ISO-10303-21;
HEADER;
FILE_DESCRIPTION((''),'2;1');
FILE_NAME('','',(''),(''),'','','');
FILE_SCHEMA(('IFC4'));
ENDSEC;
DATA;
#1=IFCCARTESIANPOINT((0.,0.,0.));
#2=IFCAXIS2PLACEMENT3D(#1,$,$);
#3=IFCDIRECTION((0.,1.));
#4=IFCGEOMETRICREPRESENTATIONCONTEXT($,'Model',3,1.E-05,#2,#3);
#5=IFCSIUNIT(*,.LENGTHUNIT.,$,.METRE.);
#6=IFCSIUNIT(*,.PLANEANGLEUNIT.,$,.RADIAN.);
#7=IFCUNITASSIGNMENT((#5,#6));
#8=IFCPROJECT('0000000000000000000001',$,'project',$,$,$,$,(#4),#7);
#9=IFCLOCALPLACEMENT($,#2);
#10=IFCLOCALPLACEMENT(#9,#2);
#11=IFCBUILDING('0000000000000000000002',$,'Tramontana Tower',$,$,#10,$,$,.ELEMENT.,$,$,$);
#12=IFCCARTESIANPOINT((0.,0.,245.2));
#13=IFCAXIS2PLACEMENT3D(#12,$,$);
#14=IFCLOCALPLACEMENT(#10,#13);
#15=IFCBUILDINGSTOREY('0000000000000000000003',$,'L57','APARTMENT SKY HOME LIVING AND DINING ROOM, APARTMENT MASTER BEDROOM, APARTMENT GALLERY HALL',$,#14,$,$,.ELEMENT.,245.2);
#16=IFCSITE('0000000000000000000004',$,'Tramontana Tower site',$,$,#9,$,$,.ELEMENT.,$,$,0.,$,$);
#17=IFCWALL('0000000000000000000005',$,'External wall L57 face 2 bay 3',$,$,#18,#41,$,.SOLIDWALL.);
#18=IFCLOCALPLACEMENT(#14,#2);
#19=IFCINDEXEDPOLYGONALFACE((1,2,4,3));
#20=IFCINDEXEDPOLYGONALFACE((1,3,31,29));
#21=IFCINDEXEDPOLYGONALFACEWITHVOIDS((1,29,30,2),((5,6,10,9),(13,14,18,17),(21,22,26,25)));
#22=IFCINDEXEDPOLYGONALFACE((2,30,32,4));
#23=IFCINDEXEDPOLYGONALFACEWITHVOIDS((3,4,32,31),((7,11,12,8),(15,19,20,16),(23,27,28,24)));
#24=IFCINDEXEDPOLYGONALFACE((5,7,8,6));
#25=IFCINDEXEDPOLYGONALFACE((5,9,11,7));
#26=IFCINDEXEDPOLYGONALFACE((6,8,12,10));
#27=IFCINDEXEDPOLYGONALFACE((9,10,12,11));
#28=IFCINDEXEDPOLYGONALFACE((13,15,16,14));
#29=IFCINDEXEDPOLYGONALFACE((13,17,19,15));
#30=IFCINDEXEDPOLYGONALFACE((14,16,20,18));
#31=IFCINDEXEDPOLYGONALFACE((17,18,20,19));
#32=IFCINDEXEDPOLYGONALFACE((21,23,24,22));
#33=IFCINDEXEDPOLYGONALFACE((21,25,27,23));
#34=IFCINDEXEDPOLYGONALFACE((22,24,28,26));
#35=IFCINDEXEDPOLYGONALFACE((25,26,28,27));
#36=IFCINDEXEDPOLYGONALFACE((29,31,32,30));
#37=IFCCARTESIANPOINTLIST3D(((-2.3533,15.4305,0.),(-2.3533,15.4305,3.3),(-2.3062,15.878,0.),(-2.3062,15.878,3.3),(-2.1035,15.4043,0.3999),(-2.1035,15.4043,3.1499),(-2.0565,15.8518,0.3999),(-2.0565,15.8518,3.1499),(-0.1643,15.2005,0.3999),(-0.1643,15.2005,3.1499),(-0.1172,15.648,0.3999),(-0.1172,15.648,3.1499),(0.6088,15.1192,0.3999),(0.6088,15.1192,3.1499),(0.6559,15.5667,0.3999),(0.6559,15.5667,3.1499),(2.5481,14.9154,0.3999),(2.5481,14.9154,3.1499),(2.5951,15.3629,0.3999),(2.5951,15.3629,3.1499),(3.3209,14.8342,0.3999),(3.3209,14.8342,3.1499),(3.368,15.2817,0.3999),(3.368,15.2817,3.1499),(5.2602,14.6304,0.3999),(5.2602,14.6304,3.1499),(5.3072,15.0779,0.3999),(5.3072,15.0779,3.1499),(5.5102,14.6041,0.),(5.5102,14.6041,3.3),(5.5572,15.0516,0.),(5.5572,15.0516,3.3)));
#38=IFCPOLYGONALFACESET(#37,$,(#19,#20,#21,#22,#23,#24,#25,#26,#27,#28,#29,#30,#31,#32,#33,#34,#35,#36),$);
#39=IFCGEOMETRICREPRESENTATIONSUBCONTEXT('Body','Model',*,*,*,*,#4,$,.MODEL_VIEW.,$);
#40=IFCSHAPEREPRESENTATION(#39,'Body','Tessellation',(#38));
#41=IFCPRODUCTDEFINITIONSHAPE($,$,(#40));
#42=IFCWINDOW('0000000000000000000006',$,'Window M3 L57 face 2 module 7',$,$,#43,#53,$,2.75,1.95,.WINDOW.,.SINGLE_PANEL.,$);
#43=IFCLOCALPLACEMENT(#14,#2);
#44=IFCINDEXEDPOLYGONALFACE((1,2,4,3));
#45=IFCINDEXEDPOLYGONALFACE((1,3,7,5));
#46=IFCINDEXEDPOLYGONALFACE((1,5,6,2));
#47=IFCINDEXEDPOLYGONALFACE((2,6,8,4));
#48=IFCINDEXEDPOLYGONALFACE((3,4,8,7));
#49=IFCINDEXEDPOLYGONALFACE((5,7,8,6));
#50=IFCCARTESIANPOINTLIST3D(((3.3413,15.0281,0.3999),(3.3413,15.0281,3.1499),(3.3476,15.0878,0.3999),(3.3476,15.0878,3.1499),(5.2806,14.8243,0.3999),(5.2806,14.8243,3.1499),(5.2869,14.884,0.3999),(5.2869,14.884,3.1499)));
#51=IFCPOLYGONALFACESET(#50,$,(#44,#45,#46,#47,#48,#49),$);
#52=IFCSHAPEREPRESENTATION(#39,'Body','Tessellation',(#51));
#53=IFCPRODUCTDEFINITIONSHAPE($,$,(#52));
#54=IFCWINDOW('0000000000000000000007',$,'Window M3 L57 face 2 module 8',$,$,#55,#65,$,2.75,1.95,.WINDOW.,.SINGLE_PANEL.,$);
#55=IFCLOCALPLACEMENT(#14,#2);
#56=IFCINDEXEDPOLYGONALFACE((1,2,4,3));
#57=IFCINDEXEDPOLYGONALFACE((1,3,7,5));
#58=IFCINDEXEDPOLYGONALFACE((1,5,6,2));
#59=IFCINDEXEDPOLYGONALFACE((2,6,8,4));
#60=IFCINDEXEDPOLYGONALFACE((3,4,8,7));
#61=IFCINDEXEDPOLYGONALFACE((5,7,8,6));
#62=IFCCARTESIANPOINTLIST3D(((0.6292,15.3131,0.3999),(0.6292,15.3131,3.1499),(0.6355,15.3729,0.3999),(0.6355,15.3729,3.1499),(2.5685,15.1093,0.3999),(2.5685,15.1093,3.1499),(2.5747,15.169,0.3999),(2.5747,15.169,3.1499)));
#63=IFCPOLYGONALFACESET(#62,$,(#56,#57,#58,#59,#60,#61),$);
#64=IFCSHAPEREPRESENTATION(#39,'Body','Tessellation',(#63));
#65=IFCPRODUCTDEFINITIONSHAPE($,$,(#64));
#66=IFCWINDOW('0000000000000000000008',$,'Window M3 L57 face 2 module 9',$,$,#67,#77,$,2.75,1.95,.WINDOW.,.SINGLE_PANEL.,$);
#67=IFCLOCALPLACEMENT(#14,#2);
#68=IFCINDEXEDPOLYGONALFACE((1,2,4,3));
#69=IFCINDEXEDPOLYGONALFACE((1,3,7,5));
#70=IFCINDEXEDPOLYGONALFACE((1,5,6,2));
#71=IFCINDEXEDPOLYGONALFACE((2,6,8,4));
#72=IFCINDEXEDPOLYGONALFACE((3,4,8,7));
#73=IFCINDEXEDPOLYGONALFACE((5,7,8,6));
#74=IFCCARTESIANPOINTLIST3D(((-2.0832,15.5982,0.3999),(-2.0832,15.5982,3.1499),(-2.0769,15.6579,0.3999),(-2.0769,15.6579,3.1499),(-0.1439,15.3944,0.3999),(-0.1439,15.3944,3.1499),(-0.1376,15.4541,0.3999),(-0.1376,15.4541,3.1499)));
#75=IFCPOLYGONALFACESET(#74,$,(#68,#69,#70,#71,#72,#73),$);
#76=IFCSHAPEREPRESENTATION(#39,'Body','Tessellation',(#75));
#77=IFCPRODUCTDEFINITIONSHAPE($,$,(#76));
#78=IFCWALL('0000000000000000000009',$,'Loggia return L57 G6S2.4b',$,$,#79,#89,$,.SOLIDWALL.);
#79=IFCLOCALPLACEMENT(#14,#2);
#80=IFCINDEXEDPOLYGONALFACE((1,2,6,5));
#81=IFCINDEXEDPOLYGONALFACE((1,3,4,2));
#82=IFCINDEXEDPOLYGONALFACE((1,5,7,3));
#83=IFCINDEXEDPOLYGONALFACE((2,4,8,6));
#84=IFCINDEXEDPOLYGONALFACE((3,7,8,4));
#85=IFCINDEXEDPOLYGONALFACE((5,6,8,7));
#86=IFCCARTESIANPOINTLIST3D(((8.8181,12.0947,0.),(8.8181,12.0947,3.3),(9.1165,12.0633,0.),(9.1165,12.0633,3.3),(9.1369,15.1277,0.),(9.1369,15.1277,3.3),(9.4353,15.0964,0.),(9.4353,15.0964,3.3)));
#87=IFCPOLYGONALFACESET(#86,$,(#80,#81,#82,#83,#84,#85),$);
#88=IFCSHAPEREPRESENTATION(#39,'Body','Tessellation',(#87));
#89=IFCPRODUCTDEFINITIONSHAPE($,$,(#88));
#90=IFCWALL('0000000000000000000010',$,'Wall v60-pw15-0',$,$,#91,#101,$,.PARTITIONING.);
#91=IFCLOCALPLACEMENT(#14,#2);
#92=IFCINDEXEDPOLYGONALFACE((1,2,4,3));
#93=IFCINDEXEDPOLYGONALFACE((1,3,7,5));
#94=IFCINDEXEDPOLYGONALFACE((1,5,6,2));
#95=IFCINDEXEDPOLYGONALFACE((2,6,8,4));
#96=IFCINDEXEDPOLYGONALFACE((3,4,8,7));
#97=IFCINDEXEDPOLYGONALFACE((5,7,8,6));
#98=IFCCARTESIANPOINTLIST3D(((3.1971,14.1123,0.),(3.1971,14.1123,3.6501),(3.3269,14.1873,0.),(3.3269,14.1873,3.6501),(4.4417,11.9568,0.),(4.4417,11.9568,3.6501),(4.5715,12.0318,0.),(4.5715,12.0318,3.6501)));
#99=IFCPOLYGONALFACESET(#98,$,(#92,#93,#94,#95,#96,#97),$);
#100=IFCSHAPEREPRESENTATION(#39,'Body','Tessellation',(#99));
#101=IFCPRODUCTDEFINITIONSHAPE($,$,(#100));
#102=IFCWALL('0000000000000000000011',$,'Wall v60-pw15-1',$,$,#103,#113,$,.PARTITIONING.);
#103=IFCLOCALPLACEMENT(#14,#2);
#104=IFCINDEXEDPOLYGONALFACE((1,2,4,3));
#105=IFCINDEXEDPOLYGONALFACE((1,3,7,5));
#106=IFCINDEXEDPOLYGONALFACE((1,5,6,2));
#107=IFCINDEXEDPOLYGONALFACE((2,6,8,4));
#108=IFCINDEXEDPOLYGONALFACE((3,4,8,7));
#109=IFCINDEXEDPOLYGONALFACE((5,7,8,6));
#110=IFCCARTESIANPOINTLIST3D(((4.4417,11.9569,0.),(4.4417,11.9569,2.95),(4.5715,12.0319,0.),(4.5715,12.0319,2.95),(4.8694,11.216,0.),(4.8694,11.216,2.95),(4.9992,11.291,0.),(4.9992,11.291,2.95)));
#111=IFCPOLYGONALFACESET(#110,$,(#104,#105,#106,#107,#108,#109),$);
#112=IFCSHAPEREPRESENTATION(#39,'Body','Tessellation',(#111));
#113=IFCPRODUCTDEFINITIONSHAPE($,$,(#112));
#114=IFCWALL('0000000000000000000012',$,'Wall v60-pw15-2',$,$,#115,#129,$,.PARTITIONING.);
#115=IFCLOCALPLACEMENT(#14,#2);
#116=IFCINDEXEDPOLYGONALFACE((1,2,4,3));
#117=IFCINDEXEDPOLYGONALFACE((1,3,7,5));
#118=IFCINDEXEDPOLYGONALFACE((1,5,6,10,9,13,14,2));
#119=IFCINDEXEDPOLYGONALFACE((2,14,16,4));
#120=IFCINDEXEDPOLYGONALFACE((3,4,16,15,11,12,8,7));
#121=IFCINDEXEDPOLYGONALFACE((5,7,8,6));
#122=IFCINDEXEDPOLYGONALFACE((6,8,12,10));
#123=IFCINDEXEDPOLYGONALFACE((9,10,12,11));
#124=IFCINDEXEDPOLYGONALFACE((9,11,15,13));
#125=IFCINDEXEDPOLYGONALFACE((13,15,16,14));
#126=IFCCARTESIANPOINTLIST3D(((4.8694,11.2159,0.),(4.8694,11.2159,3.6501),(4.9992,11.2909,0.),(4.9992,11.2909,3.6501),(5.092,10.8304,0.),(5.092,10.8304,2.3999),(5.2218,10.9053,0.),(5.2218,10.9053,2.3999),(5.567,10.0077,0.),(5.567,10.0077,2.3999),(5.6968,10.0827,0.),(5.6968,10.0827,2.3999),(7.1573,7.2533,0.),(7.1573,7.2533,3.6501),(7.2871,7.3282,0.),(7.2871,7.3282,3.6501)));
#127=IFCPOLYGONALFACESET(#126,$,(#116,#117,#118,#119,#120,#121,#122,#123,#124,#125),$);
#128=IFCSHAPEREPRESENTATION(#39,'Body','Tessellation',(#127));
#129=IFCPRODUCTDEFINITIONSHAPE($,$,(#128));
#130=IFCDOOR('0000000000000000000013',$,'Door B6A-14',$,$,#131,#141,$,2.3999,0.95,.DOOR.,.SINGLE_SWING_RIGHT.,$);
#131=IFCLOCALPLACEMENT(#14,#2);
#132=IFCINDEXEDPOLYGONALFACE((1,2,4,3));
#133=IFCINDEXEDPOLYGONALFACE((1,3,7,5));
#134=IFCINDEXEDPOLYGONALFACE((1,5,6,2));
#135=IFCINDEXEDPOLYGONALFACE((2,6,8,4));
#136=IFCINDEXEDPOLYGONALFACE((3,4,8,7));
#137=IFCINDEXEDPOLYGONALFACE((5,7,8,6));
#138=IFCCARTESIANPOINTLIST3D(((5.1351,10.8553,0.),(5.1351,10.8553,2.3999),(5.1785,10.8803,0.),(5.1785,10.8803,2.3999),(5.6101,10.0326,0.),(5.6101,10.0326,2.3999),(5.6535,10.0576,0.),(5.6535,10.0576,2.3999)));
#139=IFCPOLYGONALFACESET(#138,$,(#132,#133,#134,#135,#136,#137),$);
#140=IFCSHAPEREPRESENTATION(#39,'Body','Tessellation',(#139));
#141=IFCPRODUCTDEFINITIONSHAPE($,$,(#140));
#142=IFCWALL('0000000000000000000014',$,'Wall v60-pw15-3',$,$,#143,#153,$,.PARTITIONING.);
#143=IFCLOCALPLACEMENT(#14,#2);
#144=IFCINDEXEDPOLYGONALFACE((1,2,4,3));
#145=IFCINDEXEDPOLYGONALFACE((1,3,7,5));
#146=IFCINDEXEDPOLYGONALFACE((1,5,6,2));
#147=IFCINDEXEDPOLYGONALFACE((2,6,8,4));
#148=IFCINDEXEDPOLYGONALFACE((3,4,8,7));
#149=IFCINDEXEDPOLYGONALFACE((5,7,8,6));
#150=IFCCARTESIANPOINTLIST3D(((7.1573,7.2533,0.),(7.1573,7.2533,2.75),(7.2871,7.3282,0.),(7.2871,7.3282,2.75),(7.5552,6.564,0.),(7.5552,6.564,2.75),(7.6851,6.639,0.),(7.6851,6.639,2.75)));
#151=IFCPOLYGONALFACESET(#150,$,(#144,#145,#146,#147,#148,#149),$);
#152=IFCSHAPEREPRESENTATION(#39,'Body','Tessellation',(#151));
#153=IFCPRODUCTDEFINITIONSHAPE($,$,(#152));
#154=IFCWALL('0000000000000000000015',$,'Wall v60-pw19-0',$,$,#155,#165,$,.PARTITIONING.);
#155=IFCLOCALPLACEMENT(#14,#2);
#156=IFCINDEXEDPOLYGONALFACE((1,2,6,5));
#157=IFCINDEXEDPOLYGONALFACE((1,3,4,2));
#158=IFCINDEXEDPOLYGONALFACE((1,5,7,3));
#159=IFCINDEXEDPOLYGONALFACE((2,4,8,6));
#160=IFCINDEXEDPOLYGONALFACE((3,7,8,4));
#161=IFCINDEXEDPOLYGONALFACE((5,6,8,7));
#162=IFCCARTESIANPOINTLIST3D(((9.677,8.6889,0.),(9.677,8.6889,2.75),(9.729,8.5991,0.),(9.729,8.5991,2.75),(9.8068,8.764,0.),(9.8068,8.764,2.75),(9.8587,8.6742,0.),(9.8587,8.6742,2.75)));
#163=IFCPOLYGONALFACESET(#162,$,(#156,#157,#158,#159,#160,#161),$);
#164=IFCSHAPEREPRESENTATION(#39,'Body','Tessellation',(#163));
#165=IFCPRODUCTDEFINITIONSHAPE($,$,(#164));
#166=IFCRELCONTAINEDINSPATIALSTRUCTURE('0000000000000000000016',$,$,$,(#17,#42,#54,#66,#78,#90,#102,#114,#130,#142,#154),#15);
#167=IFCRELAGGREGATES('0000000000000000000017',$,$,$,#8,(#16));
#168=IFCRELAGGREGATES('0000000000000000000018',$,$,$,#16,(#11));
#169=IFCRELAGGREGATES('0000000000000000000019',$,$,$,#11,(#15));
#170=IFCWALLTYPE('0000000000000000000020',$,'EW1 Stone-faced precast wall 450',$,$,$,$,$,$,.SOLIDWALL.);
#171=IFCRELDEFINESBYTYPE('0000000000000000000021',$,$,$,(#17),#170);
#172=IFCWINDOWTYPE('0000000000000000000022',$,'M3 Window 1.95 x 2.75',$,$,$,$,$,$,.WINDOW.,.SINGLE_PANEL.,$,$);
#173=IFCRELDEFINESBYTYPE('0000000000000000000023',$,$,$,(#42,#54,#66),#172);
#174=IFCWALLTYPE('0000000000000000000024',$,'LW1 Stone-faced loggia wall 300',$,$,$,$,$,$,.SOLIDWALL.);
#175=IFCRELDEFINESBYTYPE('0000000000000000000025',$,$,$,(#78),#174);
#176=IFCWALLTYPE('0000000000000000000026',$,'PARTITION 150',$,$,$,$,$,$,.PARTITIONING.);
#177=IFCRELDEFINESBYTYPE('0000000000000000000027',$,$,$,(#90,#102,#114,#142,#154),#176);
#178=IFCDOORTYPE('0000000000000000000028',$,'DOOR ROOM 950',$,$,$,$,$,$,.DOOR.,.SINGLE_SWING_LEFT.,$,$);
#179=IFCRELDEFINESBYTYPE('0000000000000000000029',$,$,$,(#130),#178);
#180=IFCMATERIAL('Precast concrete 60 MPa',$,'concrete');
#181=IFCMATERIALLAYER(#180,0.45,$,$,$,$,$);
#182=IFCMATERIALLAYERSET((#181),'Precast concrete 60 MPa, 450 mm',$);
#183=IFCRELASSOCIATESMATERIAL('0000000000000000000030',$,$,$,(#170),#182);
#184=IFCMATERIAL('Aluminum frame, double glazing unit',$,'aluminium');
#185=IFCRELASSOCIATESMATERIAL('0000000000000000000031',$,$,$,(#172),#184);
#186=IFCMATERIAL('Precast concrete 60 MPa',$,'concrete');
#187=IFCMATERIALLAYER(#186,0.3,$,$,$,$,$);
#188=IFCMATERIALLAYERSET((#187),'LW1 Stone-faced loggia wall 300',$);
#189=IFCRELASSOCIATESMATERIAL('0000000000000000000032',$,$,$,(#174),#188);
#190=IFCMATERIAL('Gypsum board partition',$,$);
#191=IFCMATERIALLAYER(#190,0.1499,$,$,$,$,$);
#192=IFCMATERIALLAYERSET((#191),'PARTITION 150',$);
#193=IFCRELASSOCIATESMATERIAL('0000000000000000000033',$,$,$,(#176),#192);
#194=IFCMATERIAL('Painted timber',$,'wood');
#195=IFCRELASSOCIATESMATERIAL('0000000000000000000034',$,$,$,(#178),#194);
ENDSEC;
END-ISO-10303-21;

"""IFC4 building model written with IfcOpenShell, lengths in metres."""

from ifc_helpers import new_model, si_unit, direction, frame, frame_2d, origin, place, context, subcontext, project, spatial, rectangle, extrude, material, layer, layer_set, type_object, element, fill, save


model = new_model("IFC4")

# Units and contexts
model_context = context("Model", 3, precision=1e-05, world=origin(), true_north=direction((0.0, 1.0)))
body_context = subcontext(model_context, "Body", "Model", "MODEL_VIEW")
ifc_project = project(units=[si_unit("LENGTHUNIT", "METRE"), si_unit("PLANEANGLEUNIT", "RADIAN")], contexts=[model_context])

# Site, building, storey
site_placement = place(None, origin())
site = spatial("IfcSite", under=ifc_project, at=site_placement, Name="Tramontana Tower site", CompositionType="ELEMENT", RefElevation=0.0)
building_placement = place(site_placement, origin())
building = spatial("IfcBuilding", under=site, at=building_placement, Name="Tramontana Tower", CompositionType="ELEMENT")
storey_placement = place(building_placement, frame((0.0, 0.0, 245.2)))
storey = spatial("IfcBuildingStorey", under=building, at=storey_placement, Name="L57", Description="APARTMENT SKY HOME LIVING AND DINING ROOM, APARTMENT MASTER BEDROOM, APARTMENT GALLERY HALL", CompositionType="ELEMENT", Elevation=245.2)

# Shared definitions
ifc_material_1 = material(Name="Precast concrete 60 MPa", Category="concrete")
ifc_layer_1 = layer(ifc_material_1, 0.45)
ifc_layer_set_1 = layer_set([ifc_layer_1], Name="Precast concrete 60 MPa, 450 mm")
wall_type_1 = type_object("IfcWallType", Name="EW1 Stone-faced precast wall 450", PredefinedType="SOLIDWALL", material=ifc_layer_set_1)
ifc_material_2 = material(Name="Aluminum frame, double glazing unit", Category="aluminium")
window_type = type_object("IfcWindowType", Name="M3 Window 1.95 x 2.75", PartitioningType="SINGLE_PANEL", PredefinedType="WINDOW", material=ifc_material_2)

# Wall, openings, windows
wall_1_placement = place(storey_placement, frame((5.5337, 14.8279, 0.0), z_axis=(0.0, 0.0, 1.0), x_axis=(-0.994523, 0.104519, 0.0)))
wall_1 = element("IfcWall", 1, at=wall_1_placement, inside=storey, type_object=wall_type_1, Name="External wall L57 face 2 bay 3", PredefinedType="SOLIDWALL", context=body_context, shape_type="SweptSolid", body=[
    extrude(rectangle(XDim=7.9067, YDim=0.45, at=frame_2d((3.9534, 0.0))), origin(), (0.0, 0.0, 1.0), 3.3),
])
opening_1_placement = place(wall_1_placement, frame((0.2512, 0.0, 0.3999)))
opening_1 = element("IfcOpeningElement", 2, at=opening_1_placement, cuts=wall_1, PredefinedType="OPENING", context=body_context, shape_type="SweptSolid", body=[
    extrude(rectangle(XDim=1.95, YDim=2.75, at=frame_2d((0.9751, 1.375))), frame((0.0, 0.2349, 0.0), z_axis=(0.0, -1.0, 0.0), x_axis=(1.0, 0.0, 0.0)), (0.0, 0.0, 1.0), 0.47),
])
opening_2_placement = place(wall_1_placement, frame((2.9783, 0.0, 0.3999)))
opening_2 = element("IfcOpeningElement", 3, at=opening_2_placement, cuts=wall_1, PredefinedType="OPENING", context=body_context, shape_type="SweptSolid", body=[
    extrude(rectangle(XDim=1.95, YDim=2.75, at=frame_2d((0.9751, 1.375))), frame((0.0, 0.2349, 0.0), z_axis=(0.0, -1.0, 0.0), x_axis=(1.0, 0.0, 0.0)), (0.0, 0.0, 1.0), 0.47),
])
opening_3_placement = place(wall_1_placement, frame((5.7056, 0.0, 0.3999)))
opening_3 = element("IfcOpeningElement", 4, at=opening_3_placement, cuts=wall_1, PredefinedType="OPENING", context=body_context, shape_type="SweptSolid", body=[
    extrude(rectangle(XDim=1.95, YDim=2.75, at=frame_2d((0.9751, 1.375))), frame((0.0, 0.2349, 0.0), z_axis=(0.0, -1.0, 0.0), x_axis=(1.0, 0.0, 0.0)), (0.0, 0.0, 1.0), 0.47),
])
window_1_placement = place(opening_1_placement, origin())
window_1 = element("IfcWindow", 5, at=window_1_placement, inside=storey, type_object=window_type, Name="Window M3 L57 face 2 module 7", OverallHeight=2.75, OverallWidth=1.95, PartitioningType="SINGLE_PANEL", PredefinedType="WINDOW", context=body_context, shape_type="SweptSolid", body=[
    extrude(rectangle(XDim=1.95, YDim=2.75, at=frame_2d((0.9751, 1.375))), frame((0.0, 0.03, 0.0), z_axis=(0.0, -1.0, 0.0), x_axis=(1.0, 0.0, 0.0)), (0.0, 0.0, 1.0), 0.0601),
])
fill(opening_1, window_1)
window_2_placement = place(opening_2_placement, origin())
window_2 = element("IfcWindow", 6, at=window_2_placement, inside=storey, type_object=window_type, Name="Window M3 L57 face 2 module 8", OverallHeight=2.75, OverallWidth=1.95, PartitioningType="SINGLE_PANEL", PredefinedType="WINDOW", context=body_context, shape_type="SweptSolid", body=[
    extrude(rectangle(XDim=1.95, YDim=2.75, at=frame_2d((0.9751, 1.375))), frame((0.0, 0.03, 0.0), z_axis=(0.0, -1.0, 0.0), x_axis=(1.0, 0.0, 0.0)), (0.0, 0.0, 1.0), 0.0601),
])
fill(opening_2, window_2)
window_3_placement = place(opening_3_placement, origin())
window_3 = element("IfcWindow", 7, at=window_3_placement, inside=storey, type_object=window_type, Name="Window M3 L57 face 2 module 9", OverallHeight=2.75, OverallWidth=1.95, PartitioningType="SINGLE_PANEL", PredefinedType="WINDOW", context=body_context, shape_type="SweptSolid", body=[
    extrude(rectangle(XDim=1.95, YDim=2.75, at=frame_2d((0.9751, 1.375))), frame((0.0, 0.03, 0.0), z_axis=(0.0, -1.0, 0.0), x_axis=(1.0, 0.0, 0.0)), (0.0, 0.0, 1.0), 0.0601),
])
fill(opening_3, window_3)

# Walls
ifc_material_3 = material(Name="Precast concrete 60 MPa", Category="concrete")
ifc_layer_2 = layer(ifc_material_3, 0.3)
ifc_layer_set_2 = layer_set([ifc_layer_2], Name="LW1 Stone-faced loggia wall 300")
wall_type_2 = type_object("IfcWallType", Name="LW1 Stone-faced loggia wall 300", PredefinedType="SOLIDWALL", material=ifc_layer_set_2)
wall_2_placement = place(storey_placement, frame((9.2861, 15.1121, 0.0), z_axis=(0.0, 0.0, 1.0), x_axis=(-0.104543, -0.99452, 0.0)))
element("IfcWall", 8, at=wall_2_placement, inside=storey, type_object=wall_type_2, Name="Loggia return L57 G6S2.4b", PredefinedType="SOLIDWALL", context=body_context, shape_type="SweptSolid", body=[
    extrude(rectangle(XDim=3.0498, YDim=0.3, at=frame_2d((1.5249, 0.0))), origin(), (0.0, 0.0, 1.0), 3.3),
])
ifc_material_4 = material(Name="Gypsum board partition")
ifc_layer_3 = layer(ifc_material_4, 0.1499)
ifc_layer_set_3 = layer_set([ifc_layer_3], Name="PARTITION 150")
wall_type_3 = type_object("IfcWallType", Name="PARTITION 150", PredefinedType="PARTITIONING", material=ifc_layer_set_3)
wall_3_placement = place(storey_placement, frame((3.262, 14.1499, 0.0), z_axis=(0.0, 0.0, 1.0), x_axis=(0.500042, -0.866001, 0.0)))
element("IfcWall", 9, at=wall_3_placement, inside=storey, type_object=wall_type_3, Name="Wall v60-pw15-0", PredefinedType="PARTITIONING", context=body_context, shape_type="SweptSolid", body=[
    extrude(rectangle(XDim=2.489, YDim=0.1499, at=frame_2d((1.2446, 0.0))), origin(), (0.0, 0.0, 1.0), 3.6501),
])
wall_4_placement = place(storey_placement, frame((4.5066, 11.9944, 0.0), z_axis=(0.0, 0.0, 1.0), x_axis=(0.499945, -0.866057, 0.0)))
element("IfcWall", 10, at=wall_4_placement, inside=storey, type_object=wall_type_3, Name="Wall v60-pw15-1", PredefinedType="PARTITIONING", context=body_context, shape_type="SweptSolid", body=[
    extrude(rectangle(XDim=0.8555, YDim=0.1499, at=frame_2d((0.4277, 0.0))), origin(), (0.0, 0.0, 1.0), 2.95),
])

# Wall, opening, door
wall_5_placement = place(storey_placement, frame((4.9343, 11.2534, 0.0), z_axis=(0.0, 0.0, 1.0), x_axis=(0.500001, -0.866025, 0.0)))
wall_5 = element("IfcWall", 11, at=wall_5_placement, inside=storey, type_object=wall_type_3, Name="Wall v60-pw15-2", PredefinedType="PARTITIONING", context=body_context, shape_type="SweptSolid", body=[
    extrude(rectangle(XDim=4.5757, YDim=0.1499, at=frame_2d((2.2878, 0.0))), origin(), (0.0, 0.0, 1.0), 3.6501),
])
opening_4_placement = place(wall_5_placement, frame((0.4451, 0.0, 0.0)))
opening_4 = element("IfcOpeningElement", 12, at=opening_4_placement, cuts=wall_5, PredefinedType="OPENING", context=body_context, shape_type="SweptSolid", body=[
    extrude(rectangle(XDim=0.95, YDim=2.3999, at=frame_2d((0.4751, 1.2))), frame((0.0, 0.085, 0.0), z_axis=(0.0, -1.0, 0.0), x_axis=(1.0, 0.0, 0.0)), (0.0, 0.0, 1.0), 0.1699),
])
ifc_material_5 = material(Name="Painted timber", Category="wood")
door_type = type_object("IfcDoorType", Name="DOOR ROOM 950", OperationType="SINGLE_SWING_LEFT", PredefinedType="DOOR", material=ifc_material_5)
door_1_placement = place(opening_4_placement, origin())
door_1 = element("IfcDoor", 13, at=door_1_placement, inside=storey, type_object=door_type, Name="Door B6A-14", OperationType="SINGLE_SWING_RIGHT", OverallHeight=2.3999, OverallWidth=0.95, PredefinedType="DOOR", context=body_context, shape_type="SweptSolid", body=[
    extrude(rectangle(XDim=0.95, YDim=2.3999, at=frame_2d((0.4751, 1.2))), frame((0.0, 0.0249, 0.0), z_axis=(0.0, -1.0, 0.0), x_axis=(1.0, 0.0, 0.0)), (0.0, 0.0, 1.0), 0.05),
])
fill(opening_4, door_1)

# Walls
wall_6_placement = place(storey_placement, frame((7.2222, 7.2908, 0.0), z_axis=(0.0, 0.0, 1.0), x_axis=(0.500032, -0.866007, 0.0)))
element("IfcWall", 14, at=wall_6_placement, inside=storey, type_object=wall_type_3, Name="Wall v60-pw15-3", PredefinedType="PARTITIONING", context=body_context, shape_type="SweptSolid", body=[
    extrude(rectangle(XDim=0.7959, YDim=0.1499, at=frame_2d((0.3979, 0.0))), origin(), (0.0, 0.0, 1.0), 2.75),
])
wall_7_placement = place(storey_placement, frame((9.7419, 8.7263, 0.0), z_axis=(0.0, 0.0, 1.0), x_axis=(0.500944, -0.86548, 0.0)))
element("IfcWall", 15, at=wall_7_placement, inside=storey, type_object=wall_type_3, Name="Wall v60-pw19-0", PredefinedType="PARTITIONING", context=body_context, shape_type="SweptSolid", body=[
    extrude(rectangle(XDim=0.1038, YDim=0.1499, at=frame_2d((0.0518, 0.0))), origin(), (0.0, 0.0, 1.0), 2.75),
])

save(model, "model.ifc")
